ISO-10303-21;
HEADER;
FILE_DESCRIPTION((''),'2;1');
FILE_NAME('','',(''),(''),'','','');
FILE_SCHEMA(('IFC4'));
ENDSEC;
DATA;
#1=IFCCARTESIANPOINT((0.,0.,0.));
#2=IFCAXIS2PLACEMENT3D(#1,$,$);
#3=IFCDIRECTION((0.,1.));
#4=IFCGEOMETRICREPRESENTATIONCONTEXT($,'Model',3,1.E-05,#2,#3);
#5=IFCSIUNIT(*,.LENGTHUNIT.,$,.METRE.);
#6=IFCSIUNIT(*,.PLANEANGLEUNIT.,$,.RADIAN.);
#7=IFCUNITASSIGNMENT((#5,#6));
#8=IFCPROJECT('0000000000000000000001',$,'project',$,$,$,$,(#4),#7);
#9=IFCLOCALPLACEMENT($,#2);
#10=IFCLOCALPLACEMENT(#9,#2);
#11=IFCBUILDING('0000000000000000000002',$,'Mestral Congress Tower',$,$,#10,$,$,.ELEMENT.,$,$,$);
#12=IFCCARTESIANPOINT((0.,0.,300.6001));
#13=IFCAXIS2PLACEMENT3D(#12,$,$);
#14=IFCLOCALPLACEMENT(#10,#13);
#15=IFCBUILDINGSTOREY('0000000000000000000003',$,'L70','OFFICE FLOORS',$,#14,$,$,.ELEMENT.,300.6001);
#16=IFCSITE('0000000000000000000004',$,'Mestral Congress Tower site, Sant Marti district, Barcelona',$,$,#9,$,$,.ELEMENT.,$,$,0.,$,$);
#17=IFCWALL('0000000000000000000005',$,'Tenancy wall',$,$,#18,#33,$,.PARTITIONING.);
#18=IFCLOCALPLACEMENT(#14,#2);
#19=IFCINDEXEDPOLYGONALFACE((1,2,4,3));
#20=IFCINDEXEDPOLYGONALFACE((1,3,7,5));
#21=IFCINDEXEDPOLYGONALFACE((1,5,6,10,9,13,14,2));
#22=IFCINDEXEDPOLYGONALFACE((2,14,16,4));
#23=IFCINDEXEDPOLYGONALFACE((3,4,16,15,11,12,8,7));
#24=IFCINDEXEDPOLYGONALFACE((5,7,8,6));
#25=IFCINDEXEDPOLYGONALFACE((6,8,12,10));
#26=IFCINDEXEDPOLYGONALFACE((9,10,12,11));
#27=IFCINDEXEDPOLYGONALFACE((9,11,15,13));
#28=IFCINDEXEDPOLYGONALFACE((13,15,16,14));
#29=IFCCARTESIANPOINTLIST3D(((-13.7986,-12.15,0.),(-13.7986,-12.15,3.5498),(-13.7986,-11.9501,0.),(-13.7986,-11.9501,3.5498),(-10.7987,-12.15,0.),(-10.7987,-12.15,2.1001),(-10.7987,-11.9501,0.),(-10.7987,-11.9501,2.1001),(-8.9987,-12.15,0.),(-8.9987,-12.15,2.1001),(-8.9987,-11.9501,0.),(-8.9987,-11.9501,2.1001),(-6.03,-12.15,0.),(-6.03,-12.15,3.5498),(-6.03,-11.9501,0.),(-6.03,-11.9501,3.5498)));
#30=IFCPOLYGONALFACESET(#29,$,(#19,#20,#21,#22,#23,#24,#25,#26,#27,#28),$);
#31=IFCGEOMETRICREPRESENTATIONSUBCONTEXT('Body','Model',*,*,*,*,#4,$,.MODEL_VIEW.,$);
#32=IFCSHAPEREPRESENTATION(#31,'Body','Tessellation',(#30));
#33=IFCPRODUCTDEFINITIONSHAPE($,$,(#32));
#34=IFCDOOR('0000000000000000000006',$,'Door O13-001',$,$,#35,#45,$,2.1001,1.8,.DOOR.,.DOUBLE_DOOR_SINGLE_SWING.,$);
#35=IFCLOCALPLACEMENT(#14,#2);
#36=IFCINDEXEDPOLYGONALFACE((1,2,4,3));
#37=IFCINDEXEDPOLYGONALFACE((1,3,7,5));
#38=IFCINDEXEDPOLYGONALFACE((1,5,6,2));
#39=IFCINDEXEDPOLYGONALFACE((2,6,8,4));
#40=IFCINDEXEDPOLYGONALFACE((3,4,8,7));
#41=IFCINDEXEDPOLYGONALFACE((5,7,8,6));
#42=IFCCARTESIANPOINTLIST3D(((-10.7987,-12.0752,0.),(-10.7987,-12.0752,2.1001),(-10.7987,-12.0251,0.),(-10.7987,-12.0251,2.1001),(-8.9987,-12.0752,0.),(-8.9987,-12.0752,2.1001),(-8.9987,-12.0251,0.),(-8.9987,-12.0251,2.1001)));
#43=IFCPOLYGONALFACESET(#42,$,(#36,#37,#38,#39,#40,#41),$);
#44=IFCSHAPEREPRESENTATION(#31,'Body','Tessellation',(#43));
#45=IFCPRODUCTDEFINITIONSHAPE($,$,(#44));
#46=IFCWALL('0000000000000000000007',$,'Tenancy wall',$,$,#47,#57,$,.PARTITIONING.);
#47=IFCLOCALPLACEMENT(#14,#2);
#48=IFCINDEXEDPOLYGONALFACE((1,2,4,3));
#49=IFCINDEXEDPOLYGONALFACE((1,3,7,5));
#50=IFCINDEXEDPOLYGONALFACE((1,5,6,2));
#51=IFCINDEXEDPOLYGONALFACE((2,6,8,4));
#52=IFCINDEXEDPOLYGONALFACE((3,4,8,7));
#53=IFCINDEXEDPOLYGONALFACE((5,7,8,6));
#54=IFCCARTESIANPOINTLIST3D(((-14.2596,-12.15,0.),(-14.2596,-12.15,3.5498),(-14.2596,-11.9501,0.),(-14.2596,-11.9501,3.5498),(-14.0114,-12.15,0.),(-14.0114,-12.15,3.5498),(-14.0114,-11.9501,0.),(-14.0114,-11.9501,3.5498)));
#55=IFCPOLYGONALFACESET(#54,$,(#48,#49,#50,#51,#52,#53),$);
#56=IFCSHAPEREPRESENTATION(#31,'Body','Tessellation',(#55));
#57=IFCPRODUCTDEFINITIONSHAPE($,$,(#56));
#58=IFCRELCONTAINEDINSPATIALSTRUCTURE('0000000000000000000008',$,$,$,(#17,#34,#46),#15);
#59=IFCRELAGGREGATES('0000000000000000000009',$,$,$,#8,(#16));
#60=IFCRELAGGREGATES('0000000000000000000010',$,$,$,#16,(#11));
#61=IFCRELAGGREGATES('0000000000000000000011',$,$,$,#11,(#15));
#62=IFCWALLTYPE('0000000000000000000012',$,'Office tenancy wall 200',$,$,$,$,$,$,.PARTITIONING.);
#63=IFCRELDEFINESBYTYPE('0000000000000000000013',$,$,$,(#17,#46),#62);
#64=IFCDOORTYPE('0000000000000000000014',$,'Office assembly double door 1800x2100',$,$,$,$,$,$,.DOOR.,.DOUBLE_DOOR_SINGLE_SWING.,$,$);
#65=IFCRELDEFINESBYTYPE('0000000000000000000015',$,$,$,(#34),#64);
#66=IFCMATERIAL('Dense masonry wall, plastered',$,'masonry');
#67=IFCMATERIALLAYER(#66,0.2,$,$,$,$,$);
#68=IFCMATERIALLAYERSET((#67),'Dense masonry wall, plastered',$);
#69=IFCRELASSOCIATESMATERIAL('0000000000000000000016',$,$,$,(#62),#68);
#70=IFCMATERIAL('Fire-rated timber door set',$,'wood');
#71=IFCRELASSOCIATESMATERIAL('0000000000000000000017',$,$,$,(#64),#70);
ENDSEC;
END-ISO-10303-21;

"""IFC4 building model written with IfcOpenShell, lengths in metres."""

from ifc_helpers import new_model, si_unit, direction, frame, frame_2d, origin, place, context, subcontext, project, spatial, rectangle, extrude, material, layer, layer_set, type_object, element, fill, save


model = new_model("IFC4")

# Units and contexts
model_context = context("Model", 3, precision=1e-05, world=origin(), true_north=direction((0.0, 1.0)))
body_context = subcontext(model_context, "Body", "Model", "MODEL_VIEW")
ifc_project = project(units=[si_unit("LENGTHUNIT", "METRE"), si_unit("PLANEANGLEUNIT", "RADIAN")], contexts=[model_context])

# Site, building, storey
site_placement = place(None, origin())
site = spatial("IfcSite", under=ifc_project, at=site_placement, Name="Mestral Congress Tower site, Sant Marti district, Barcelona", CompositionType="ELEMENT", RefElevation=0.0)
building_placement = place(site_placement, origin())
building = spatial("IfcBuilding", under=site, at=building_placement, Name="Mestral Congress Tower", CompositionType="ELEMENT")
storey_placement = place(building_placement, frame((0.0, 0.0, 300.6001)))
storey = spatial("IfcBuildingStorey", under=building, at=storey_placement, Name="L70", Description="OFFICE FLOORS", CompositionType="ELEMENT", Elevation=300.6001)

# Shared definitions
ifc_material_1 = material(Name="Dense masonry wall, plastered", Category="masonry")
ifc_layer_1 = layer(ifc_material_1, 0.2)
ifc_layer_set_1 = layer_set([ifc_layer_1], Name="Dense masonry wall, plastered")
wall_type_1 = type_object("IfcWallType", Name="Office tenancy wall 200", PredefinedType="PARTITIONING", material=ifc_layer_set_1)

# Wall, opening, door
wall_1_placement = place(storey_placement, frame((-13.7986, -12.05, 0.0), z_axis=(0.0, 0.0, 1.0), x_axis=(1.0, 0.0, 0.0)))
wall_1 = element("IfcWall", 1, at=wall_1_placement, inside=storey, type_object=wall_type_1, Name="Tenancy wall", PredefinedType="PARTITIONING", context=body_context, shape_type="SweptSolid", body=[
    extrude(rectangle(XDim=7.7686, YDim=0.2, at=frame_2d((3.8843, 0.0))), origin(), (0.0, 0.0, 1.0), 3.5498),
])
opening_1_placement = place(wall_1_placement, frame((3.0, 0.0, 0.0)))
opening_1 = element("IfcOpeningElement", 2, at=opening_1_placement, cuts=wall_1, PredefinedType="OPENING", context=body_context, shape_type="SweptSolid", body=[
    extrude(rectangle(XDim=1.8, YDim=2.1001, at=frame_2d((0.8999, 1.05))), frame((0.0, 0.1099, 0.0), z_axis=(0.0, -1.0, 0.0), x_axis=(1.0, 0.0, 0.0)), (0.0, 0.0, 1.0), 0.22),
])
ifc_material_2 = material(Name="Fire-rated timber door set", Category="wood")
door_type = type_object("IfcDoorType", Name="Office assembly double door 1800x2100", OperationType="DOUBLE_DOOR_SINGLE_SWING", PredefinedType="DOOR", material=ifc_material_2)
door_placement = place(opening_1_placement, origin())
door = element("IfcDoor", 3, at=door_placement, inside=storey, type_object=door_type, Name="Door O13-001", OperationType="DOUBLE_DOOR_SINGLE_SWING", OverallHeight=2.1001, OverallWidth=1.8, PredefinedType="DOOR", context=body_context, shape_type="SweptSolid", body=[
    extrude(rectangle(XDim=1.8, YDim=2.1001, at=frame_2d((0.8999, 1.05))), frame((0.0, 0.0249, 0.0), z_axis=(0.0, -1.0, 0.0), x_axis=(1.0, 0.0, 0.0)), (0.0, 0.0, 1.0), 0.05),
])
fill(opening_1, door)

# Wall
wall_2_placement = place(storey_placement, frame((-14.2595, -12.05, 0.0), z_axis=(0.0, 0.0, 1.0), x_axis=(1.0, 0.0, 0.0)))
element("IfcWall", 4, at=wall_2_placement, inside=storey, type_object=wall_type_1, Name="Tenancy wall", PredefinedType="PARTITIONING", context=body_context, shape_type="SweptSolid", body=[
    extrude(rectangle(XDim=0.2483, YDim=0.2, at=frame_2d((0.124, 0.0))), origin(), (0.0, 0.0, 1.0), 3.5498),
])

save(model, "model.ifc")
